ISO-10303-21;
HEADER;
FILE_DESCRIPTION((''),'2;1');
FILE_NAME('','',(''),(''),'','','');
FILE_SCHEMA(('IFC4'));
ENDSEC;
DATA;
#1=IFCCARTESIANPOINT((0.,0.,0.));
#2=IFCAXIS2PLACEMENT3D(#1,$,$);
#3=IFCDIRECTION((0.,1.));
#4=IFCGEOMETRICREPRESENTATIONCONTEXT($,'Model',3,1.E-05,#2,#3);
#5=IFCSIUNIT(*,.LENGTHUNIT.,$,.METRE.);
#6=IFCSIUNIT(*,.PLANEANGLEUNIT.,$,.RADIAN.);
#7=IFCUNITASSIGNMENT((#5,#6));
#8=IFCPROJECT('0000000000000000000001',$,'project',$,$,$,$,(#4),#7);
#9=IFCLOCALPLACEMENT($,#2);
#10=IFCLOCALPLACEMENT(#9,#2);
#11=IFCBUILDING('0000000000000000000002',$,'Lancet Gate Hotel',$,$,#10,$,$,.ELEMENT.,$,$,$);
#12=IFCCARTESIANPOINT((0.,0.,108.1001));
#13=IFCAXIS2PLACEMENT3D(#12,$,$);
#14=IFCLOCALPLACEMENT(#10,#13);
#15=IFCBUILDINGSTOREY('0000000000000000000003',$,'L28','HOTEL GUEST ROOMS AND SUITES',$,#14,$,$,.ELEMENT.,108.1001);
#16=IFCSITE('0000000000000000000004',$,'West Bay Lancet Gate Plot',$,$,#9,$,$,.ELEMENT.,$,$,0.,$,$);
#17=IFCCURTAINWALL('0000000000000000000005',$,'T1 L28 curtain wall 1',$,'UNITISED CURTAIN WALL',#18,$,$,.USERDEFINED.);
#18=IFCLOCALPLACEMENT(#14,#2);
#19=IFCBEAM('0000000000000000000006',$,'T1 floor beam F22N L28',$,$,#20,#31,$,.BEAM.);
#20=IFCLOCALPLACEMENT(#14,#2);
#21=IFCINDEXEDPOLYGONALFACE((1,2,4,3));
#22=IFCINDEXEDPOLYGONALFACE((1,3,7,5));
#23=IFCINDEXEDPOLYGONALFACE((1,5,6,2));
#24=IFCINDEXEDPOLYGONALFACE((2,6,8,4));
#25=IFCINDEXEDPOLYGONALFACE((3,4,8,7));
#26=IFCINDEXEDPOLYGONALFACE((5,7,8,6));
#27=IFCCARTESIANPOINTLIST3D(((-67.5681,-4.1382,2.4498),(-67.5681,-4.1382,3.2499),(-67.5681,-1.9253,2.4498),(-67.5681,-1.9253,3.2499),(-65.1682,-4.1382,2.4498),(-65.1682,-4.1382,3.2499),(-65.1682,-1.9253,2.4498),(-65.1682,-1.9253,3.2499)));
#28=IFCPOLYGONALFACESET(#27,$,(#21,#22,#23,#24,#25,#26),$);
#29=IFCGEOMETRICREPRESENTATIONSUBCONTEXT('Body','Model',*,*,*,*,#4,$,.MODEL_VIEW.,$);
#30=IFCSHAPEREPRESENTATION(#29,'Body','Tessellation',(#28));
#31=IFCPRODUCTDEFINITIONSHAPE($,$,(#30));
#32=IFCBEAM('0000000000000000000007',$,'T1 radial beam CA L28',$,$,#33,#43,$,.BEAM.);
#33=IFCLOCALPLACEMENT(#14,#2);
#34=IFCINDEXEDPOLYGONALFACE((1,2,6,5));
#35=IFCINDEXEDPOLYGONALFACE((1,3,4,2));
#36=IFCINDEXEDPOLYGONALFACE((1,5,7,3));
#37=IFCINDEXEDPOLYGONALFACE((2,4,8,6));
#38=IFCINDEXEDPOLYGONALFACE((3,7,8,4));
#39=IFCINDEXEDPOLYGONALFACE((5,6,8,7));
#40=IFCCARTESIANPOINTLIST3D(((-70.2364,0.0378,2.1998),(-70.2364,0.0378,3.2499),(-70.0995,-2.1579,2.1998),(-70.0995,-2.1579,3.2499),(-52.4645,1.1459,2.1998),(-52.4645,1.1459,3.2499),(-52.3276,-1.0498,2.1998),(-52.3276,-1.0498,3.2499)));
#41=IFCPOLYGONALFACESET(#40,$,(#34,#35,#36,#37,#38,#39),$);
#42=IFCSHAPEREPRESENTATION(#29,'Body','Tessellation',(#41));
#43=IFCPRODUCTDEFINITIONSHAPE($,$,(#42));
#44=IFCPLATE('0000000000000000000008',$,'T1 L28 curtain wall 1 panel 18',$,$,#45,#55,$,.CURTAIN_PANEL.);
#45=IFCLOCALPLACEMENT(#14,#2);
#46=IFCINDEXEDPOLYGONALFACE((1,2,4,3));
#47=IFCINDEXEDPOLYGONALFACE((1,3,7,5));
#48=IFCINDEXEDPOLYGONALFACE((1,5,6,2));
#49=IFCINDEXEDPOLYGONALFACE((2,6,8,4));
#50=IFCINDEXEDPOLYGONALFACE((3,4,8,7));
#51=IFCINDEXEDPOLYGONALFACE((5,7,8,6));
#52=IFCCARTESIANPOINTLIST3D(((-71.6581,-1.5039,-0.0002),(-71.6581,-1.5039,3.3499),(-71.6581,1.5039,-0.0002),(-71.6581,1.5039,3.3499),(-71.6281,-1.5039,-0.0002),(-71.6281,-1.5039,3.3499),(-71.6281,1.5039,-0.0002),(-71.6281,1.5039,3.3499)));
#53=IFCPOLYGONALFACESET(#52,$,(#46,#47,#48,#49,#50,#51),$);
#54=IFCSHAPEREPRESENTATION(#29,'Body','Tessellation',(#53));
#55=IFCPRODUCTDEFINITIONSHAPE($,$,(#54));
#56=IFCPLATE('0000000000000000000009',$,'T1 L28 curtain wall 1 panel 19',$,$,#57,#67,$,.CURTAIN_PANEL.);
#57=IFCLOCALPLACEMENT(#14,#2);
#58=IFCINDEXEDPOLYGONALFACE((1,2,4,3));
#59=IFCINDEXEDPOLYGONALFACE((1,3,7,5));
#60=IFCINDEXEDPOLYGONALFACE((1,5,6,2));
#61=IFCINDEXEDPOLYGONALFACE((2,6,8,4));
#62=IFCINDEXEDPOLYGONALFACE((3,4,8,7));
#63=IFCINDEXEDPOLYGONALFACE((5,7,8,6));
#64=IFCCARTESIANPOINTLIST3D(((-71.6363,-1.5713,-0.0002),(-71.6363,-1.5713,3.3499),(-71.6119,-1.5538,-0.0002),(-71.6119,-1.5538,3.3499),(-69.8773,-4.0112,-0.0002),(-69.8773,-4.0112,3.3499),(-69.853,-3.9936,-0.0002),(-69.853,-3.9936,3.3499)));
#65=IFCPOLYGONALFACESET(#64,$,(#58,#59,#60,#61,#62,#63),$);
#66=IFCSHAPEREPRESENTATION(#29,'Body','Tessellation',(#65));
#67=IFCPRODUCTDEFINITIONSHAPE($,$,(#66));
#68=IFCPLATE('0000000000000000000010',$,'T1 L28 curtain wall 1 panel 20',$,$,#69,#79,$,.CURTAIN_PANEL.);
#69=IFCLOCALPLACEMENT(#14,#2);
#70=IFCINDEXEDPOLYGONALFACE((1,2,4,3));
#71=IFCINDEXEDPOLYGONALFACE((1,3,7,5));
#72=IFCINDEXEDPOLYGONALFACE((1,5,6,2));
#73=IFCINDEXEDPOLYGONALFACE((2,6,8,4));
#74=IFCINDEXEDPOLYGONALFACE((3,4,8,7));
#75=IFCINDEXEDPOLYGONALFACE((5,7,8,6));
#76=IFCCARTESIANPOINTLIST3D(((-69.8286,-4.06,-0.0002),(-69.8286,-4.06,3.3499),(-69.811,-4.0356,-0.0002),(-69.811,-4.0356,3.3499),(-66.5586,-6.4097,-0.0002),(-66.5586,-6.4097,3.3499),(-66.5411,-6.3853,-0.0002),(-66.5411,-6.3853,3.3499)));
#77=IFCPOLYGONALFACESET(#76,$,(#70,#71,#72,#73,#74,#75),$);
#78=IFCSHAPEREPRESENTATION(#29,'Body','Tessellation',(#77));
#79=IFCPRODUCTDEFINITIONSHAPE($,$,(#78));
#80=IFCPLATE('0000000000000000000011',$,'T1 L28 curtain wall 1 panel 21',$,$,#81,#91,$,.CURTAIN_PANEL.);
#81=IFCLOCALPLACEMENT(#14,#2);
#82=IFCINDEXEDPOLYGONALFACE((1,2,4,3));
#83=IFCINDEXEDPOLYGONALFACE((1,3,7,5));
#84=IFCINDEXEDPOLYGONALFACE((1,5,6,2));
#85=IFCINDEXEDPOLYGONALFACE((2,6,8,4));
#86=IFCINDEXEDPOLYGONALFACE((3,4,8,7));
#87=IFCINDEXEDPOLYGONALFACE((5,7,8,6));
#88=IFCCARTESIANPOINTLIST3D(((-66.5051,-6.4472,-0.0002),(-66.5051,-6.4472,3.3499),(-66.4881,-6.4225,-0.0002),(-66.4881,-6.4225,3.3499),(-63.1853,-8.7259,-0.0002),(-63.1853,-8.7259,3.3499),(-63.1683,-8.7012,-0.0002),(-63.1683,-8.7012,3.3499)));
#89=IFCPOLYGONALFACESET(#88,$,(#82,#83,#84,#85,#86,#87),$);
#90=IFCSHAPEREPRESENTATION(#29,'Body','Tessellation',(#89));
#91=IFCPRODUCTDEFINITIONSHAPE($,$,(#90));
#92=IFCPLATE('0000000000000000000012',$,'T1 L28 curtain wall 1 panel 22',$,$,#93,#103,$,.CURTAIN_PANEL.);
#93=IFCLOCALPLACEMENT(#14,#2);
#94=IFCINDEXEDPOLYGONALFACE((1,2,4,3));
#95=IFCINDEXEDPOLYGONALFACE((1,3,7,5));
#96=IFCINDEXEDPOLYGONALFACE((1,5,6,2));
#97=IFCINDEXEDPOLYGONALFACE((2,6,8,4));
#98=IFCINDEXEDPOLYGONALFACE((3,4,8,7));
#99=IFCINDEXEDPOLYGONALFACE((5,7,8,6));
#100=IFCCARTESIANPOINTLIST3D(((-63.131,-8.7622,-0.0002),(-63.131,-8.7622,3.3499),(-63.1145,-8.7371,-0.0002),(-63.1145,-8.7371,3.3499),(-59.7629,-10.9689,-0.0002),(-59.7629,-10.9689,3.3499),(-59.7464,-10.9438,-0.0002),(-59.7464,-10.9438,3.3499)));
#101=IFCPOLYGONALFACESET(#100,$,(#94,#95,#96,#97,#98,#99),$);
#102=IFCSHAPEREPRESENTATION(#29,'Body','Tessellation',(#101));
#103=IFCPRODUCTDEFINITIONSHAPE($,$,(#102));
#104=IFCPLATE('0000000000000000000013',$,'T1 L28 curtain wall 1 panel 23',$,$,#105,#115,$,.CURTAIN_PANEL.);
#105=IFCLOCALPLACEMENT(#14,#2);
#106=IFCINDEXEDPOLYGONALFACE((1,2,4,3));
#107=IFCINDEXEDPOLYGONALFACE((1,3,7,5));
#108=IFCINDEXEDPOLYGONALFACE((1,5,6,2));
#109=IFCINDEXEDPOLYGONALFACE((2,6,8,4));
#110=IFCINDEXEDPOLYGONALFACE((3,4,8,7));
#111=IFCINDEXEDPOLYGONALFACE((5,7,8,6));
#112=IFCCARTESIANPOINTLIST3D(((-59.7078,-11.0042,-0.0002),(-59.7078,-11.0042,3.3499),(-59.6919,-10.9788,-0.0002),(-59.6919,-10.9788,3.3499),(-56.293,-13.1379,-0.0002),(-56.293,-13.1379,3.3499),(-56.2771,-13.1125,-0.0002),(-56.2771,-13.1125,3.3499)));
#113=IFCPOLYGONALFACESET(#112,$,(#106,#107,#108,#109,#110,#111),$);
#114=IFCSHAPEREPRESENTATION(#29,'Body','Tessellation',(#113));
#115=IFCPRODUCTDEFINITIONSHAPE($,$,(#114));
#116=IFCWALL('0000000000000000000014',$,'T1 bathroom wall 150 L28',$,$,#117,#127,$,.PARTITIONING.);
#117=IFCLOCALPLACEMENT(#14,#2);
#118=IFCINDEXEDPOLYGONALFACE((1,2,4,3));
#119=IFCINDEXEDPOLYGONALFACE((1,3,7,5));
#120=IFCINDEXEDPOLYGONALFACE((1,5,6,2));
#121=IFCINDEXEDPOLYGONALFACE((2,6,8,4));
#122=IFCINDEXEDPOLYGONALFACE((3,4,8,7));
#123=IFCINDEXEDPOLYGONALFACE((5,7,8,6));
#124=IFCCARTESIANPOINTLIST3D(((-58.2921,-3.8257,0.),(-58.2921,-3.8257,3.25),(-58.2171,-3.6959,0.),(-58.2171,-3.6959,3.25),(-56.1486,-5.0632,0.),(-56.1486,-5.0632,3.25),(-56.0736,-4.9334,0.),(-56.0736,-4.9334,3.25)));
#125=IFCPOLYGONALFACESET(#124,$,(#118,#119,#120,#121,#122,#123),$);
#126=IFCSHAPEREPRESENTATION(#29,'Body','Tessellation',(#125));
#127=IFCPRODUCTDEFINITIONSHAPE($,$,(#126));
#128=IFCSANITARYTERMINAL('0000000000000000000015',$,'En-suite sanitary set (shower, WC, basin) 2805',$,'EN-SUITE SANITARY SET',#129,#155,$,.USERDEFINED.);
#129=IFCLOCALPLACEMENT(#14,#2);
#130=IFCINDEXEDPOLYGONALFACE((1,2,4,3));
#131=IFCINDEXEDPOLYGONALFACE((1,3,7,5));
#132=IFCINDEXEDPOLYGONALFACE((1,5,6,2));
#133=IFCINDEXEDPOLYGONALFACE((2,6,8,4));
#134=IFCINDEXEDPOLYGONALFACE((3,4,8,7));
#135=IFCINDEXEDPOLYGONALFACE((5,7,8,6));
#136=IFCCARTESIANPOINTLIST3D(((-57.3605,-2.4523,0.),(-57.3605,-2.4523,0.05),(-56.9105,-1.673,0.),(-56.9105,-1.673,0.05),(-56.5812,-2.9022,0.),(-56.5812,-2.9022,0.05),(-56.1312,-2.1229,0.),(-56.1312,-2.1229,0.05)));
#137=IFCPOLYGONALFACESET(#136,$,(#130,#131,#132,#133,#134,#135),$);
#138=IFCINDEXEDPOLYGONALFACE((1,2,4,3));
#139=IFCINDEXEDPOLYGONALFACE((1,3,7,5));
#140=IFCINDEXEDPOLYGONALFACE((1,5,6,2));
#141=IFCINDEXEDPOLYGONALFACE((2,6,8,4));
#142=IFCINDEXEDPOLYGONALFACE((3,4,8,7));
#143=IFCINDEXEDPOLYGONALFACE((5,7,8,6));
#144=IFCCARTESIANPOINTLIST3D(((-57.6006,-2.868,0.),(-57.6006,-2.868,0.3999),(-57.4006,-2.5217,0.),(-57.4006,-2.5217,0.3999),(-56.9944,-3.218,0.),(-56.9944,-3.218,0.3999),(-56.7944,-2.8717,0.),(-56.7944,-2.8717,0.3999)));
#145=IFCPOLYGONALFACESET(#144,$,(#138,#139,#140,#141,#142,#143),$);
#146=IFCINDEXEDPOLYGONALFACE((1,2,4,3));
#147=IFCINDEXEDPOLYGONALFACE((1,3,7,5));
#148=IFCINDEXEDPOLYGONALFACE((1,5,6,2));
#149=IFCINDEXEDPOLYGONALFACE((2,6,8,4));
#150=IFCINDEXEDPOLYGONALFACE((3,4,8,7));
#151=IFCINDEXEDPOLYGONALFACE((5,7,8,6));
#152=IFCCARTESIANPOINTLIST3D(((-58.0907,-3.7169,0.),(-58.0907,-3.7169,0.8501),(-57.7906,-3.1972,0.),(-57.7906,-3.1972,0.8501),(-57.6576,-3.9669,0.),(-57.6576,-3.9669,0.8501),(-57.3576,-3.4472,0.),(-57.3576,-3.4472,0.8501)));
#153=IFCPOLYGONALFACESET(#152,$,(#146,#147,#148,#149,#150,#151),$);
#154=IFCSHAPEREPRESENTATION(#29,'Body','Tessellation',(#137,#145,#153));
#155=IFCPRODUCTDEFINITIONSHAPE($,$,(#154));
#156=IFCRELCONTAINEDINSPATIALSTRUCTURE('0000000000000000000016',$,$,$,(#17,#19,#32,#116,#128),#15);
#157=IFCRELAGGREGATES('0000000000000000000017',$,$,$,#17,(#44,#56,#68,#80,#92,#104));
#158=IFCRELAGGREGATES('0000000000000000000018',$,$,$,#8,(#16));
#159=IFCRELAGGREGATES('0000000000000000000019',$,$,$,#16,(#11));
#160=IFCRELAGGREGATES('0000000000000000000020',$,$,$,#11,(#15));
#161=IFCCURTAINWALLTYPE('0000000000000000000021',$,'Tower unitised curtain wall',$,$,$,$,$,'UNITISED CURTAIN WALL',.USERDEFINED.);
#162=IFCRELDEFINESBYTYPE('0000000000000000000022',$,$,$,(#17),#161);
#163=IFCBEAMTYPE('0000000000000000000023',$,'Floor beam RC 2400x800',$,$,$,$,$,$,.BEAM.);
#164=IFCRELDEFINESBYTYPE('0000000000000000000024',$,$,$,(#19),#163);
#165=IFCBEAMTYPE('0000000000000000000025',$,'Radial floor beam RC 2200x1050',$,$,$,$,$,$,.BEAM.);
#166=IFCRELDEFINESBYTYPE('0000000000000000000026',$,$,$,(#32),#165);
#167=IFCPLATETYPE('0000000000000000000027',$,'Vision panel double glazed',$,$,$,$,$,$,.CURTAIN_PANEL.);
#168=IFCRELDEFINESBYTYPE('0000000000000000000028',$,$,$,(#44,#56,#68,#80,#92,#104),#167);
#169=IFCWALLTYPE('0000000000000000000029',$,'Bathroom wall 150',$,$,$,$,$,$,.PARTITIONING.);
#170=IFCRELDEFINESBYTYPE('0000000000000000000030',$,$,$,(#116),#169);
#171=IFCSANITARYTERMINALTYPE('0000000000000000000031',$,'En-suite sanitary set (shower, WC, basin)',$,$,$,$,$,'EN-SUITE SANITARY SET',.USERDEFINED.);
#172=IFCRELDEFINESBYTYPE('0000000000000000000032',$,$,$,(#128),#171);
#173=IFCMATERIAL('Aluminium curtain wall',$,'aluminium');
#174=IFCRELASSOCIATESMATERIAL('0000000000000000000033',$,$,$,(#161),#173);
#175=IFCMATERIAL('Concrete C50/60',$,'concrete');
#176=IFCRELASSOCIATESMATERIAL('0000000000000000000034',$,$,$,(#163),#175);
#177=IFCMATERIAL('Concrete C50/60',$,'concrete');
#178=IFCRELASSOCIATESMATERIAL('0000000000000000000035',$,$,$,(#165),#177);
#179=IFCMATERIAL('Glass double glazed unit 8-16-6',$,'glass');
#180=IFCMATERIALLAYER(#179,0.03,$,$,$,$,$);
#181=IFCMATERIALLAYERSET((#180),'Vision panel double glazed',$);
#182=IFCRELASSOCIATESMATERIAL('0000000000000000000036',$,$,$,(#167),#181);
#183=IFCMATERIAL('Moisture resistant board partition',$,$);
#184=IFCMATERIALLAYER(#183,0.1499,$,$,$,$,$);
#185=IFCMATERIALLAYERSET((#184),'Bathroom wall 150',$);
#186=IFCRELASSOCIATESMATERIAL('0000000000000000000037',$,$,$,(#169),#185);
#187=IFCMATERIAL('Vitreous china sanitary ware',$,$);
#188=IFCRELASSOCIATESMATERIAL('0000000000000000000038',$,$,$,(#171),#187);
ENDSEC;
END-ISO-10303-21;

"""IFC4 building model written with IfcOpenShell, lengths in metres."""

from ifc_helpers import new_model, si_unit, direction, frame, frame_2d, origin, origin_2d, place, context, subcontext, project, spatial, rectangle, extrude, material, layer, layer_set, material_profile, profile_set, type_object, element, aggregate, save


model = new_model("IFC4")

# Units and contexts
model_context = context("Model", 3, precision=1e-05, world=origin(), true_north=direction((0.0, 1.0)))
body_context = subcontext(model_context, "Body", "Model", "MODEL_VIEW")
ifc_project = project(units=[si_unit("LENGTHUNIT", "METRE"), si_unit("PLANEANGLEUNIT", "RADIAN")], contexts=[model_context])

# Site, building, storey
site_placement = place(None, origin())
site = spatial("IfcSite", under=ifc_project, at=site_placement, Name="West Bay Lancet Gate Plot", CompositionType="ELEMENT", RefElevation=0.0)
building_placement = place(site_placement, origin())
building = spatial("IfcBuilding", under=site, at=building_placement, Name="Lancet Gate Hotel", CompositionType="ELEMENT")
storey_placement = place(building_placement, frame((0.0, 0.0, 108.1001)))
storey = spatial("IfcBuildingStorey", under=building, at=storey_placement, Name="L28", Description="HOTEL GUEST ROOMS AND SUITES", CompositionType="ELEMENT", Elevation=108.1001)

# Curtain wall
ifc_material_1 = material(Name="Aluminium curtain wall", Category="aluminium")
curtain_wall_type = type_object("IfcCurtainWallType", Name="Tower unitised curtain wall", ElementType="UNITISED CURTAIN WALL", PredefinedType="USERDEFINED", material=ifc_material_1)
curtain_wall_placement = place(storey_placement, origin())
curtain_wall = element("IfcCurtainWall", 1, at=curtain_wall_placement, inside=storey, type_object=curtain_wall_type, Name="T1 L28 curtain wall 1", ObjectType="UNITISED CURTAIN WALL", PredefinedType="USERDEFINED")

# Beams
ifc_material_2 = material(Name="Concrete C50/60", Category="concrete")
ifc_material_profile_1 = material_profile(ifc_material_2, rectangle(XDim=2.3999, YDim=0.8, at=origin_2d()), Name="RC 2400x800")
ifc_profile_set_1 = profile_set([ifc_material_profile_1], Name="Concrete C50/60")
beam_type_1 = type_object("IfcBeamType", Name="Floor beam RC 2400x800", PredefinedType="BEAM", material=ifc_profile_set_1)
beam_1_placement = place(storey_placement, frame((-66.3682, -1.9253, 2.8499), z_axis=(0.0, -1.0, 0.0), x_axis=(1.0, 0.0, 0.0)))
element("IfcBeam", 2, at=beam_1_placement, inside=storey, type_object=beam_type_1, Name="T1 floor beam F22N L28", PredefinedType="BEAM", context=body_context, shape_type="SweptSolid", body=[
    extrude(rectangle(XDim=2.3999, YDim=0.8, at=origin_2d()), origin(), (0.0, 0.0, 1.0), 2.2129),
])
ifc_material_3 = material(Name="Concrete C50/60", Category="concrete")
ifc_material_profile_2 = material_profile(ifc_material_3, rectangle(XDim=2.2, YDim=1.05, at=origin_2d()), Name="RC 2200x1050")
ifc_profile_set_2 = profile_set([ifc_material_profile_2], Name="Concrete C50/60")
beam_type_2 = type_object("IfcBeamType", Name="Radial floor beam RC 2200x1050", PredefinedType="BEAM", material=ifc_profile_set_2)
beam_2_placement = place(storey_placement, frame((-70.168, -1.0601, 2.7249), z_axis=(0.998062, 0.062233, 0.0), x_axis=(-0.062233, 0.998062, 0.0)))
element("IfcBeam", 3, at=beam_2_placement, inside=storey, type_object=beam_type_2, Name="T1 radial beam CA L28", PredefinedType="BEAM", context=body_context, shape_type="SweptSolid", body=[
    extrude(rectangle(XDim=2.2, YDim=1.05, at=origin_2d()), origin(), (0.0, 0.0, 1.0), 17.8064),
])

# Plates
ifc_material_4 = material(Name="Glass double glazed unit 8-16-6", Category="glass")
ifc_layer_1 = layer(ifc_material_4, 0.03)
ifc_layer_set_1 = layer_set([ifc_layer_1], Name="Vision panel double glazed")
plate_type = type_object("IfcPlateType", Name="Vision panel double glazed", PredefinedType="CURTAIN_PANEL", material=ifc_layer_set_1)
plate_1_placement = place(storey_placement, frame((-71.6431, 0.0, -0.0002), z_axis=(0.0, 0.0, 1.0), x_axis=(0.0, -1.0, 0.0)))
plate_1 = element("IfcPlate", 4, at=plate_1_placement, type_object=plate_type, Name="T1 L28 curtain wall 1 panel 18", PredefinedType="CURTAIN_PANEL", context=body_context, shape_type="SweptSolid", body=[
    extrude(rectangle(XDim=3.0078, YDim=0.03, at=origin_2d()), origin(), (0.0, 0.0, 1.0), 3.3501),
])
plate_2_placement = place(storey_placement, frame((-70.7446, -2.7825, -0.0002), z_axis=(0.0, 0.0, 1.0), x_axis=(0.584809, -0.811171, 0.0)))
plate_2 = element("IfcPlate", 5, at=plate_2_placement, type_object=plate_type, Name="T1 L28 curtain wall 1 panel 19", PredefinedType="CURTAIN_PANEL", context=body_context, shape_type="SweptSolid", body=[
    extrude(rectangle(XDim=3.0078, YDim=0.03, at=origin_2d()), origin(), (0.0, 0.0, 1.0), 3.3501),
])
plate_3_placement = place(storey_placement, frame((-68.1848, -5.2227, -0.0002), z_axis=(0.0, 0.0, 1.0), x_axis=(0.812093, -0.583528, 0.0)))
plate_3 = element("IfcPlate", 6, at=plate_3_placement, type_object=plate_type, Name="T1 L28 curtain wall 1 panel 20", PredefinedType="CURTAIN_PANEL", context=body_context, shape_type="SweptSolid", body=[
    extrude(rectangle(XDim=4.0266, YDim=0.03, at=origin_2d()), origin(), (0.0, 0.0, 1.0), 3.3501),
])
plate_4_placement = place(storey_placement, frame((-64.8367, -7.5742, -0.0002), z_axis=(0.0, 0.0, 1.0), x_axis=(0.824466, -0.565911, 0.0)))
plate_4 = element("IfcPlate", 7, at=plate_4_placement, type_object=plate_type, Name="T1 L28 curtain wall 1 panel 21", PredefinedType="CURTAIN_PANEL", context=body_context, shape_type="SweptSolid", body=[
    extrude(rectangle(XDim=4.0266, YDim=0.03, at=origin_2d()), origin(), (0.0, 0.0, 1.0), 3.3501),
])
plate_5_placement = place(storey_placement, frame((-61.4387, -9.853, -0.0002), z_axis=(0.0, 0.0, 1.0), x_axis=(0.836458, -0.548032, 0.0)))
plate_5 = element("IfcPlate", 8, at=plate_5_placement, type_object=plate_type, Name="T1 L28 curtain wall 1 panel 22", PredefinedType="CURTAIN_PANEL", context=body_context, shape_type="SweptSolid", body=[
    extrude(rectangle(XDim=4.0266, YDim=0.03, at=origin_2d()), origin(), (0.0, 0.0, 1.0), 3.3501),
])
plate_6_placement = place(storey_placement, frame((-57.9924, -12.0583, -0.0002), z_axis=(0.0, 0.0, 1.0), x_axis=(0.848061, -0.529899, 0.0)))
plate_6 = element("IfcPlate", 9, at=plate_6_placement, type_object=plate_type, Name="T1 L28 curtain wall 1 panel 23", PredefinedType="CURTAIN_PANEL", context=body_context, shape_type="SweptSolid", body=[
    extrude(rectangle(XDim=4.0266, YDim=0.03, at=origin_2d()), origin(), (0.0, 0.0, 1.0), 3.3501),
])
aggregate(curtain_wall, [plate_1, plate_2, plate_3, plate_4, plate_5, plate_6])

# Wall
ifc_material_5 = material(Name="Moisture resistant board partition")
ifc_layer_2 = layer(ifc_material_5, 0.1499)
ifc_layer_set_2 = layer_set([ifc_layer_2], Name="Bathroom wall 150")
wall_type = type_object("IfcWallType", Name="Bathroom wall 150", PredefinedType="PARTITIONING", material=ifc_layer_set_2)
wall_placement = place(storey_placement, frame((-56.1111, -4.9983, 0.0), z_axis=(0.0, 0.0, 1.0), x_axis=(-0.866031, 0.49999, 0.0)))
element("IfcWall", 10, at=wall_placement, inside=storey, type_object=wall_type, Name="T1 bathroom wall 150 L28", PredefinedType="PARTITIONING", context=body_context, shape_type="SweptSolid", body=[
    extrude(rectangle(XDim=2.4751, YDim=0.1499, at=frame_2d((1.2375, 0.0))), origin(), (0.0, 0.0, 1.0), 3.25),
])

# Sanitary terminal
ifc_material_6 = material(Name="Vitreous china sanitary ware")
sanitary_terminal_type = type_object("IfcSanitaryTerminalType", Name="En-suite sanitary set (shower, WC, basin)", ElementType="EN-SUITE SANITARY SET", PredefinedType="USERDEFINED", material=ifc_material_6)
sanitary_terminal_placement = place(storey_placement, frame((-56.7458, -2.2876, 0.0), z_axis=(0.0, 0.0, 1.0), x_axis=(1.0, 0.0, 0.0)))
element("IfcSanitaryTerminal", 11, at=sanitary_terminal_placement, inside=storey, type_object=sanitary_terminal_type, Name="En-suite sanitary set (shower, WC, basin) 2805", ObjectType="EN-SUITE SANITARY SET", PredefinedType="USERDEFINED", context=body_context, shape_type="SweptSolid", body=[
    extrude(rectangle(XDim=0.8999, YDim=0.8999, at=origin_2d()), frame((0.0, 0.0, 0.0), z_axis=(0.0, 0.0, 1.0), x_axis=(0.5, 0.866025, 0.0)), (0.0, 0.0, 1.0), 0.05),
    extrude(rectangle(XDim=0.3999, YDim=0.7, at=origin_2d()), frame((-0.4517, -0.5823, 0.0), z_axis=(0.0, 0.0, 1.0), x_axis=(0.5, 0.866025, 0.0)), (0.0, 0.0, 1.0), 0.3999),
    extrude(rectangle(XDim=0.6001, YDim=0.5, at=origin_2d()), frame((-0.9783, -1.2944, 0.0), z_axis=(0.0, 0.0, 1.0), x_axis=(0.5, 0.866025, 0.0)), (0.0, 0.0, 1.0), 0.8501),
])

save(model, "model.ifc")
